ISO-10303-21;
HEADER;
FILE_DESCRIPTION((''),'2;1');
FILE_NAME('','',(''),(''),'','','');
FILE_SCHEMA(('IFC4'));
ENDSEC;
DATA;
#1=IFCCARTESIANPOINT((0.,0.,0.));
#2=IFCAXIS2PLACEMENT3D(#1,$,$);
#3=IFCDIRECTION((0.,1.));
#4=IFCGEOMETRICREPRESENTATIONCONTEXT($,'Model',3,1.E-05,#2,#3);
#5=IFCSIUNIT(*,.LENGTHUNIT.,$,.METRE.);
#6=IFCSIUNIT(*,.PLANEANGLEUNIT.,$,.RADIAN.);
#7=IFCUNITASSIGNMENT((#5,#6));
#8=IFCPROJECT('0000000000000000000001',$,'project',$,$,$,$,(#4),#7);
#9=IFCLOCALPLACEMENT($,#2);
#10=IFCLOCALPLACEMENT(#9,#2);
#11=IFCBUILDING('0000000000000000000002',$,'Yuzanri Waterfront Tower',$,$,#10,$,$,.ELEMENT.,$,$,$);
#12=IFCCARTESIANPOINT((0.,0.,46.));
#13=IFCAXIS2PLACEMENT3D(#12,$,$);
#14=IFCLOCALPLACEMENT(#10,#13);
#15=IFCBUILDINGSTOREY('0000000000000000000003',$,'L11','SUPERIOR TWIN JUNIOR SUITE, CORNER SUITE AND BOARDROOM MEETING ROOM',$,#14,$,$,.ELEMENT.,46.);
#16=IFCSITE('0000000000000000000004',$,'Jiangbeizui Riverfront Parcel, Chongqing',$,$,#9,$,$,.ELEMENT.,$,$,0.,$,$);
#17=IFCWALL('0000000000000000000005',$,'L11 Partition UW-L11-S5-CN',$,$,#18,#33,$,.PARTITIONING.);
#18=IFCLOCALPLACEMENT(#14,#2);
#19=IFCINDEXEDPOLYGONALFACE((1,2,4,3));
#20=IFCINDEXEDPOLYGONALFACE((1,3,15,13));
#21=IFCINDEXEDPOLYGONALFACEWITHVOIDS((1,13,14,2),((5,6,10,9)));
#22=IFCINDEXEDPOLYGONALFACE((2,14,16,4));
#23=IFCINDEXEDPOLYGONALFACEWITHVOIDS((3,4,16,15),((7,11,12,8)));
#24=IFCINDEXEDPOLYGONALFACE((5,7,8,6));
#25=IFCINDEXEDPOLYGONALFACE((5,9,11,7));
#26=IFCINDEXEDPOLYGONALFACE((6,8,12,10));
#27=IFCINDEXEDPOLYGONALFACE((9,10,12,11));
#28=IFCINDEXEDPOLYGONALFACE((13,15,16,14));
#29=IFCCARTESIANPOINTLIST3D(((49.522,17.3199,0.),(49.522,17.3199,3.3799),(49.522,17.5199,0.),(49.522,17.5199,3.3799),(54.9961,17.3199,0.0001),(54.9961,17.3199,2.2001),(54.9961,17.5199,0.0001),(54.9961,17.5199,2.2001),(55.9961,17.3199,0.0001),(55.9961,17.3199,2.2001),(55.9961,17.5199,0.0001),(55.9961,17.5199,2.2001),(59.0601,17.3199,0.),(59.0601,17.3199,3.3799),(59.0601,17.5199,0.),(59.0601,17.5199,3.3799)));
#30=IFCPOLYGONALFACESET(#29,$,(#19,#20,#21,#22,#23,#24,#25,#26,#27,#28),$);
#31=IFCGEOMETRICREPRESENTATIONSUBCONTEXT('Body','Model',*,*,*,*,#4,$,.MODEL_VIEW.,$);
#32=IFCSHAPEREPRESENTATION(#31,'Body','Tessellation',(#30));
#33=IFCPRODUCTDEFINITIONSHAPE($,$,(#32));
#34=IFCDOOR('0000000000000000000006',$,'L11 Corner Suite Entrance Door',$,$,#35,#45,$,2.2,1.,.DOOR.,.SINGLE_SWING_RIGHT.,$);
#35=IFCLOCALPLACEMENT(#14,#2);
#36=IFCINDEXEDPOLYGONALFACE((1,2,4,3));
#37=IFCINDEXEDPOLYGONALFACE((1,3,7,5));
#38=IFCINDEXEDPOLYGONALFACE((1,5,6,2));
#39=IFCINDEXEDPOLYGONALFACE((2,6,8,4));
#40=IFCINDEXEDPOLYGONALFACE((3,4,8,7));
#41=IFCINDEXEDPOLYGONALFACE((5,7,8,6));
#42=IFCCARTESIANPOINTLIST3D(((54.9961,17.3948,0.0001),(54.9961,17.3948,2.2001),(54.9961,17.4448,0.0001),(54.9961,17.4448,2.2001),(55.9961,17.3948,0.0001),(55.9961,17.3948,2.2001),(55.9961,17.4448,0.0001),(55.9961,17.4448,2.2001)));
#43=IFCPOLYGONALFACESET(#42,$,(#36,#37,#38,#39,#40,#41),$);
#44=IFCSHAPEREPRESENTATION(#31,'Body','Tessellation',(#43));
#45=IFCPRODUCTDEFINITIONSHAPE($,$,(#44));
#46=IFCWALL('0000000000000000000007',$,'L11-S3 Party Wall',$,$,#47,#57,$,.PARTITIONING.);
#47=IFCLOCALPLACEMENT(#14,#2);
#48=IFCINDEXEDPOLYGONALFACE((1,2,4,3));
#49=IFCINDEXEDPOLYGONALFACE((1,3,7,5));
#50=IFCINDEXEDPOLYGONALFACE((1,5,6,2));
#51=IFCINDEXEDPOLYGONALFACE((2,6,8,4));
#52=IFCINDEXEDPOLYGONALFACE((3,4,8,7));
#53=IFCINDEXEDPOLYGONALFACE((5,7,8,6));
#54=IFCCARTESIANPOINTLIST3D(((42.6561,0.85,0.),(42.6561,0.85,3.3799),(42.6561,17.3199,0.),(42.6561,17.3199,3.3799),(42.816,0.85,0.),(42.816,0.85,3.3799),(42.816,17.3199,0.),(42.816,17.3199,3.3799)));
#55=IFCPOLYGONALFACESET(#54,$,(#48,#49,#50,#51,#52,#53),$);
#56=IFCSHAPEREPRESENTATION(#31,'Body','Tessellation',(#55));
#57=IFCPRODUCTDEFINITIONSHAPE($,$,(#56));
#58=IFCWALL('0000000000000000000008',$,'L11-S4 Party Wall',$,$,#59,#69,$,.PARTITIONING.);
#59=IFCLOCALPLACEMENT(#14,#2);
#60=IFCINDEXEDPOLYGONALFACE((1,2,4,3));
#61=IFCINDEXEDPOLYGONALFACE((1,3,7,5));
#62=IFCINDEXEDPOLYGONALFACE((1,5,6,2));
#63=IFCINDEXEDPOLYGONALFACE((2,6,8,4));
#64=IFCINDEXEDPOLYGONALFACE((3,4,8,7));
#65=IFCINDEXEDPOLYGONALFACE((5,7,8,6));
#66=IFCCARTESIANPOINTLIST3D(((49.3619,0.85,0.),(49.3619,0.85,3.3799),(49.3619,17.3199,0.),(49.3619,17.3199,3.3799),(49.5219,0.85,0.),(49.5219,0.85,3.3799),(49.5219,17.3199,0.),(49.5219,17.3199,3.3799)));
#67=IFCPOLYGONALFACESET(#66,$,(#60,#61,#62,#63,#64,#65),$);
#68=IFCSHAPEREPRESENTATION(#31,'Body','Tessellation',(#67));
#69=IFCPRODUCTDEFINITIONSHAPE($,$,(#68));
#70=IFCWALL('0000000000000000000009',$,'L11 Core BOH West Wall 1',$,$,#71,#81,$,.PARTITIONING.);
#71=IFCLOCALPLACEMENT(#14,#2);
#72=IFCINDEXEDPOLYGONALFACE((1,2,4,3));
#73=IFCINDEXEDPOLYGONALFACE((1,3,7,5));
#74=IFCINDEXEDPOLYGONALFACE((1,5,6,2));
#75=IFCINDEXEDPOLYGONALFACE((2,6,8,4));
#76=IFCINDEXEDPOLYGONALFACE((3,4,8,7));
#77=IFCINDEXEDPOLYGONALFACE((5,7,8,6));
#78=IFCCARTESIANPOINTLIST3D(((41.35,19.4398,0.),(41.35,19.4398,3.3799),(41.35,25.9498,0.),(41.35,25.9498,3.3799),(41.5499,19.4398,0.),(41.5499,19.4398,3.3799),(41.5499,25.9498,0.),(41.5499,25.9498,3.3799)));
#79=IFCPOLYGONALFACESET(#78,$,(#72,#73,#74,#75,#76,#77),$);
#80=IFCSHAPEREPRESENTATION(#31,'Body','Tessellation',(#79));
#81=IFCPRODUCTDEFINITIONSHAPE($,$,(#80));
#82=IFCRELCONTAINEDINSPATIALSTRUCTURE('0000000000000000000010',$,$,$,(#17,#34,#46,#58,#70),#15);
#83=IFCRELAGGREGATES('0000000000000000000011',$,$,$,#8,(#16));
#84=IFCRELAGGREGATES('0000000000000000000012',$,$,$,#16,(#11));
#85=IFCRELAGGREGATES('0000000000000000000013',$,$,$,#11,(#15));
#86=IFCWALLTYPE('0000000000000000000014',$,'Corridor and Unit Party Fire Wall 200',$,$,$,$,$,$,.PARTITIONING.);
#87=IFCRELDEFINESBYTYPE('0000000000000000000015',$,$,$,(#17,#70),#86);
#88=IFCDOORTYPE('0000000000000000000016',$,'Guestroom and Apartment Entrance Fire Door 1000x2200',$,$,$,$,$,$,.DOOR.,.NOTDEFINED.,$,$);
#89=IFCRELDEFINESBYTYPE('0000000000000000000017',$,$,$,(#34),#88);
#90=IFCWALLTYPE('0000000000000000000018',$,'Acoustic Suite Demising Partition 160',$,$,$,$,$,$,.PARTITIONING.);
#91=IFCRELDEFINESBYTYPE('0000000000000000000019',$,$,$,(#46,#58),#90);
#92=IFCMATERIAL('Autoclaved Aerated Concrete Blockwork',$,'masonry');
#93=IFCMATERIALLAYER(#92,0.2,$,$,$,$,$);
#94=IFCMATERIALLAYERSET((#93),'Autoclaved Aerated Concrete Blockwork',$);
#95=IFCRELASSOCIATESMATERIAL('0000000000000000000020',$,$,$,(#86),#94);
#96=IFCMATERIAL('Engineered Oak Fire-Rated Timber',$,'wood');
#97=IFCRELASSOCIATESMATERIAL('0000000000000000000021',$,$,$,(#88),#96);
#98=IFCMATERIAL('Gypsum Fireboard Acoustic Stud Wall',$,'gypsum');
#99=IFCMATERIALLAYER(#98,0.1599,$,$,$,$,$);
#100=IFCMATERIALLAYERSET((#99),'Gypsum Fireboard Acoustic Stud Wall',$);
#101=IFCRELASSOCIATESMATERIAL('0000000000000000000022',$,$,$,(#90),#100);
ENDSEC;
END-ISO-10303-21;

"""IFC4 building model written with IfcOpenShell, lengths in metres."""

from ifc_helpers import new_model, si_unit, direction, frame, frame_2d, origin, place, context, subcontext, project, spatial, rectangle, extrude, source, transform, mapped, material, layer, layer_set, type_object, element, fill, save


model = new_model("IFC4")

# Units and contexts
model_context = context("Model", 3, precision=1e-05, world=origin(), true_north=direction((0.0, 1.0)))
body_context = subcontext(model_context, "Body", "Model", "MODEL_VIEW")
ifc_project = project(units=[si_unit("LENGTHUNIT", "METRE"), si_unit("PLANEANGLEUNIT", "RADIAN")], contexts=[model_context])

# Site, building, storey
site_placement = place(None, origin())
site = spatial("IfcSite", under=ifc_project, at=site_placement, Name="Jiangbeizui Riverfront Parcel, Chongqing", CompositionType="ELEMENT", RefElevation=0.0)
building_placement = place(site_placement, origin())
building = spatial("IfcBuilding", under=site, at=building_placement, Name="Yuzanri Waterfront Tower", CompositionType="ELEMENT")
storey_placement = place(building_placement, frame((0.0, 0.0, 46.0)))
storey = spatial("IfcBuildingStorey", under=building, at=storey_placement, Name="L11", Description="SUPERIOR TWIN JUNIOR SUITE, CORNER SUITE AND BOARDROOM MEETING ROOM", CompositionType="ELEMENT", Elevation=46.0)

# Wall, opening, door
ifc_material_1 = material(Name="Autoclaved Aerated Concrete Blockwork", Category="masonry")
ifc_layer_1 = layer(ifc_material_1, 0.2)
ifc_layer_set_1 = layer_set([ifc_layer_1], Name="Autoclaved Aerated Concrete Blockwork")
wall_type_1 = type_object("IfcWallType", Name="Corridor and Unit Party Fire Wall 200", PredefinedType="PARTITIONING", material=ifc_layer_set_1)
ifc_material_2 = material(Name="Engineered Oak Fire-Rated Timber", Category="wood")
door_type_1 = type_object("IfcDoorType", Name="Guestroom and Apartment Entrance Fire Door 1000x2200", OperationType="NOTDEFINED", PredefinedType="DOOR", material=ifc_material_2)
shared_shape_1 = source(origin(), body_context, "Body", "SweptSolid", [
    extrude(rectangle(XDim=1.0, YDim=2.2, at=frame_2d((0.5, 1.1001))), frame((0.0, 0.0249, 0.0), z_axis=(0.0, -1.0, 0.0), x_axis=(1.0, 0.0, 0.0)), (0.0, 0.0, 1.0), 0.05),
])
wall_1_placement = place(storey_placement, frame((49.522, 17.4199, 0.0), z_axis=(0.0, 0.0, 1.0), x_axis=(1.0, 0.0, 0.0)))
wall_1 = element("IfcWall", 1, at=wall_1_placement, inside=storey, type_object=wall_type_1, Name="L11 Partition UW-L11-S5-CN", PredefinedType="PARTITIONING", context=body_context, shape_type="SweptSolid", body=[
    extrude(rectangle(XDim=9.5381, YDim=0.2, at=frame_2d((4.769, 0.0))), origin(), (0.0, 0.0, 1.0), 3.3799),
])
opening_1_placement = place(wall_1_placement, frame((5.4741, 0.0, 0.0)))
opening_1 = element("IfcOpeningElement", 2, at=opening_1_placement, cuts=wall_1, PredefinedType="OPENING", context=body_context, shape_type="SweptSolid", body=[
    extrude(rectangle(XDim=1.0, YDim=2.2, at=frame_2d((0.5, 1.1001))), frame((0.0, 0.1147, 0.0), z_axis=(0.0, -1.0, 0.0), x_axis=(1.0, 0.0, 0.0)), (0.0, 0.0, 1.0), 0.2297),
])
door_1_placement = place(opening_1_placement, origin())
door_1 = element("IfcDoor", 3, at=door_1_placement, inside=storey, type_object=door_type_1, Name="L11 Corner Suite Entrance Door", OperationType="SINGLE_SWING_RIGHT", OverallHeight=2.2, OverallWidth=1.0, PredefinedType="DOOR", context=body_context, shape_type="MappedRepresentation", body=[
    mapped(shared_shape_1, transform((0.0, 0.0, 0.0), scale=1.0)),
])
fill(opening_1, door_1)

# Walls
ifc_material_3 = material(Name="Gypsum Fireboard Acoustic Stud Wall", Category="gypsum")
ifc_layer_2 = layer(ifc_material_3, 0.1599)
ifc_layer_set_2 = layer_set([ifc_layer_2], Name="Gypsum Fireboard Acoustic Stud Wall")
wall_type_2 = type_object("IfcWallType", Name="Acoustic Suite Demising Partition 160", PredefinedType="PARTITIONING", material=ifc_layer_set_2)
shared_shape_2 = source(origin(), body_context, "Body", "SweptSolid", [
    extrude(rectangle(XDim=16.47, YDim=0.1599, at=frame_2d((8.2349, 0.0))), origin(), (0.0, 0.0, 1.0), 3.3799),
])
for number, where, z_axis, x_axis, name in (
    (4, (42.7361, 0.8501, 0.0), (0.0, 0.0, 1.0), (0.0, 1.0, 0.0), "L11-S3 Party Wall"),
    (5, (49.4419, 0.8501, 0.0), (0.0, 0.0, 1.0), (0.0, 1.0, 0.0), "L11-S4 Party Wall"),
):
    element("IfcWall", number, at=place(storey_placement, frame(where, z_axis=z_axis, x_axis=x_axis)), inside=storey, type_object=wall_type_2, Name=name, PredefinedType="PARTITIONING", context=body_context, shape_type="MappedRepresentation", body=[
        mapped(shared_shape_2, transform((0.0, 0.0, 0.0), scale=1.0)),
    ])
shared_shape_3 = source(origin(), body_context, "Body", "SweptSolid", [
    extrude(rectangle(XDim=6.51, YDim=0.2, at=frame_2d((3.2549, 0.0))), origin(), (0.0, 0.0, 1.0), 3.3799),
])
wall_2_placement = place(storey_placement, frame((41.45, 19.4399, 0.0), z_axis=(0.0, 0.0, 1.0), x_axis=(0.0, 1.0, 0.0)))
element("IfcWall", 6, at=wall_2_placement, inside=storey, type_object=wall_type_1, Name="L11 Core BOH West Wall 1", PredefinedType="PARTITIONING", context=body_context, shape_type="MappedRepresentation", body=[
    mapped(shared_shape_3, transform((0.0, 0.0, 0.0), scale=1.0)),
])

save(model, "model.ifc")
